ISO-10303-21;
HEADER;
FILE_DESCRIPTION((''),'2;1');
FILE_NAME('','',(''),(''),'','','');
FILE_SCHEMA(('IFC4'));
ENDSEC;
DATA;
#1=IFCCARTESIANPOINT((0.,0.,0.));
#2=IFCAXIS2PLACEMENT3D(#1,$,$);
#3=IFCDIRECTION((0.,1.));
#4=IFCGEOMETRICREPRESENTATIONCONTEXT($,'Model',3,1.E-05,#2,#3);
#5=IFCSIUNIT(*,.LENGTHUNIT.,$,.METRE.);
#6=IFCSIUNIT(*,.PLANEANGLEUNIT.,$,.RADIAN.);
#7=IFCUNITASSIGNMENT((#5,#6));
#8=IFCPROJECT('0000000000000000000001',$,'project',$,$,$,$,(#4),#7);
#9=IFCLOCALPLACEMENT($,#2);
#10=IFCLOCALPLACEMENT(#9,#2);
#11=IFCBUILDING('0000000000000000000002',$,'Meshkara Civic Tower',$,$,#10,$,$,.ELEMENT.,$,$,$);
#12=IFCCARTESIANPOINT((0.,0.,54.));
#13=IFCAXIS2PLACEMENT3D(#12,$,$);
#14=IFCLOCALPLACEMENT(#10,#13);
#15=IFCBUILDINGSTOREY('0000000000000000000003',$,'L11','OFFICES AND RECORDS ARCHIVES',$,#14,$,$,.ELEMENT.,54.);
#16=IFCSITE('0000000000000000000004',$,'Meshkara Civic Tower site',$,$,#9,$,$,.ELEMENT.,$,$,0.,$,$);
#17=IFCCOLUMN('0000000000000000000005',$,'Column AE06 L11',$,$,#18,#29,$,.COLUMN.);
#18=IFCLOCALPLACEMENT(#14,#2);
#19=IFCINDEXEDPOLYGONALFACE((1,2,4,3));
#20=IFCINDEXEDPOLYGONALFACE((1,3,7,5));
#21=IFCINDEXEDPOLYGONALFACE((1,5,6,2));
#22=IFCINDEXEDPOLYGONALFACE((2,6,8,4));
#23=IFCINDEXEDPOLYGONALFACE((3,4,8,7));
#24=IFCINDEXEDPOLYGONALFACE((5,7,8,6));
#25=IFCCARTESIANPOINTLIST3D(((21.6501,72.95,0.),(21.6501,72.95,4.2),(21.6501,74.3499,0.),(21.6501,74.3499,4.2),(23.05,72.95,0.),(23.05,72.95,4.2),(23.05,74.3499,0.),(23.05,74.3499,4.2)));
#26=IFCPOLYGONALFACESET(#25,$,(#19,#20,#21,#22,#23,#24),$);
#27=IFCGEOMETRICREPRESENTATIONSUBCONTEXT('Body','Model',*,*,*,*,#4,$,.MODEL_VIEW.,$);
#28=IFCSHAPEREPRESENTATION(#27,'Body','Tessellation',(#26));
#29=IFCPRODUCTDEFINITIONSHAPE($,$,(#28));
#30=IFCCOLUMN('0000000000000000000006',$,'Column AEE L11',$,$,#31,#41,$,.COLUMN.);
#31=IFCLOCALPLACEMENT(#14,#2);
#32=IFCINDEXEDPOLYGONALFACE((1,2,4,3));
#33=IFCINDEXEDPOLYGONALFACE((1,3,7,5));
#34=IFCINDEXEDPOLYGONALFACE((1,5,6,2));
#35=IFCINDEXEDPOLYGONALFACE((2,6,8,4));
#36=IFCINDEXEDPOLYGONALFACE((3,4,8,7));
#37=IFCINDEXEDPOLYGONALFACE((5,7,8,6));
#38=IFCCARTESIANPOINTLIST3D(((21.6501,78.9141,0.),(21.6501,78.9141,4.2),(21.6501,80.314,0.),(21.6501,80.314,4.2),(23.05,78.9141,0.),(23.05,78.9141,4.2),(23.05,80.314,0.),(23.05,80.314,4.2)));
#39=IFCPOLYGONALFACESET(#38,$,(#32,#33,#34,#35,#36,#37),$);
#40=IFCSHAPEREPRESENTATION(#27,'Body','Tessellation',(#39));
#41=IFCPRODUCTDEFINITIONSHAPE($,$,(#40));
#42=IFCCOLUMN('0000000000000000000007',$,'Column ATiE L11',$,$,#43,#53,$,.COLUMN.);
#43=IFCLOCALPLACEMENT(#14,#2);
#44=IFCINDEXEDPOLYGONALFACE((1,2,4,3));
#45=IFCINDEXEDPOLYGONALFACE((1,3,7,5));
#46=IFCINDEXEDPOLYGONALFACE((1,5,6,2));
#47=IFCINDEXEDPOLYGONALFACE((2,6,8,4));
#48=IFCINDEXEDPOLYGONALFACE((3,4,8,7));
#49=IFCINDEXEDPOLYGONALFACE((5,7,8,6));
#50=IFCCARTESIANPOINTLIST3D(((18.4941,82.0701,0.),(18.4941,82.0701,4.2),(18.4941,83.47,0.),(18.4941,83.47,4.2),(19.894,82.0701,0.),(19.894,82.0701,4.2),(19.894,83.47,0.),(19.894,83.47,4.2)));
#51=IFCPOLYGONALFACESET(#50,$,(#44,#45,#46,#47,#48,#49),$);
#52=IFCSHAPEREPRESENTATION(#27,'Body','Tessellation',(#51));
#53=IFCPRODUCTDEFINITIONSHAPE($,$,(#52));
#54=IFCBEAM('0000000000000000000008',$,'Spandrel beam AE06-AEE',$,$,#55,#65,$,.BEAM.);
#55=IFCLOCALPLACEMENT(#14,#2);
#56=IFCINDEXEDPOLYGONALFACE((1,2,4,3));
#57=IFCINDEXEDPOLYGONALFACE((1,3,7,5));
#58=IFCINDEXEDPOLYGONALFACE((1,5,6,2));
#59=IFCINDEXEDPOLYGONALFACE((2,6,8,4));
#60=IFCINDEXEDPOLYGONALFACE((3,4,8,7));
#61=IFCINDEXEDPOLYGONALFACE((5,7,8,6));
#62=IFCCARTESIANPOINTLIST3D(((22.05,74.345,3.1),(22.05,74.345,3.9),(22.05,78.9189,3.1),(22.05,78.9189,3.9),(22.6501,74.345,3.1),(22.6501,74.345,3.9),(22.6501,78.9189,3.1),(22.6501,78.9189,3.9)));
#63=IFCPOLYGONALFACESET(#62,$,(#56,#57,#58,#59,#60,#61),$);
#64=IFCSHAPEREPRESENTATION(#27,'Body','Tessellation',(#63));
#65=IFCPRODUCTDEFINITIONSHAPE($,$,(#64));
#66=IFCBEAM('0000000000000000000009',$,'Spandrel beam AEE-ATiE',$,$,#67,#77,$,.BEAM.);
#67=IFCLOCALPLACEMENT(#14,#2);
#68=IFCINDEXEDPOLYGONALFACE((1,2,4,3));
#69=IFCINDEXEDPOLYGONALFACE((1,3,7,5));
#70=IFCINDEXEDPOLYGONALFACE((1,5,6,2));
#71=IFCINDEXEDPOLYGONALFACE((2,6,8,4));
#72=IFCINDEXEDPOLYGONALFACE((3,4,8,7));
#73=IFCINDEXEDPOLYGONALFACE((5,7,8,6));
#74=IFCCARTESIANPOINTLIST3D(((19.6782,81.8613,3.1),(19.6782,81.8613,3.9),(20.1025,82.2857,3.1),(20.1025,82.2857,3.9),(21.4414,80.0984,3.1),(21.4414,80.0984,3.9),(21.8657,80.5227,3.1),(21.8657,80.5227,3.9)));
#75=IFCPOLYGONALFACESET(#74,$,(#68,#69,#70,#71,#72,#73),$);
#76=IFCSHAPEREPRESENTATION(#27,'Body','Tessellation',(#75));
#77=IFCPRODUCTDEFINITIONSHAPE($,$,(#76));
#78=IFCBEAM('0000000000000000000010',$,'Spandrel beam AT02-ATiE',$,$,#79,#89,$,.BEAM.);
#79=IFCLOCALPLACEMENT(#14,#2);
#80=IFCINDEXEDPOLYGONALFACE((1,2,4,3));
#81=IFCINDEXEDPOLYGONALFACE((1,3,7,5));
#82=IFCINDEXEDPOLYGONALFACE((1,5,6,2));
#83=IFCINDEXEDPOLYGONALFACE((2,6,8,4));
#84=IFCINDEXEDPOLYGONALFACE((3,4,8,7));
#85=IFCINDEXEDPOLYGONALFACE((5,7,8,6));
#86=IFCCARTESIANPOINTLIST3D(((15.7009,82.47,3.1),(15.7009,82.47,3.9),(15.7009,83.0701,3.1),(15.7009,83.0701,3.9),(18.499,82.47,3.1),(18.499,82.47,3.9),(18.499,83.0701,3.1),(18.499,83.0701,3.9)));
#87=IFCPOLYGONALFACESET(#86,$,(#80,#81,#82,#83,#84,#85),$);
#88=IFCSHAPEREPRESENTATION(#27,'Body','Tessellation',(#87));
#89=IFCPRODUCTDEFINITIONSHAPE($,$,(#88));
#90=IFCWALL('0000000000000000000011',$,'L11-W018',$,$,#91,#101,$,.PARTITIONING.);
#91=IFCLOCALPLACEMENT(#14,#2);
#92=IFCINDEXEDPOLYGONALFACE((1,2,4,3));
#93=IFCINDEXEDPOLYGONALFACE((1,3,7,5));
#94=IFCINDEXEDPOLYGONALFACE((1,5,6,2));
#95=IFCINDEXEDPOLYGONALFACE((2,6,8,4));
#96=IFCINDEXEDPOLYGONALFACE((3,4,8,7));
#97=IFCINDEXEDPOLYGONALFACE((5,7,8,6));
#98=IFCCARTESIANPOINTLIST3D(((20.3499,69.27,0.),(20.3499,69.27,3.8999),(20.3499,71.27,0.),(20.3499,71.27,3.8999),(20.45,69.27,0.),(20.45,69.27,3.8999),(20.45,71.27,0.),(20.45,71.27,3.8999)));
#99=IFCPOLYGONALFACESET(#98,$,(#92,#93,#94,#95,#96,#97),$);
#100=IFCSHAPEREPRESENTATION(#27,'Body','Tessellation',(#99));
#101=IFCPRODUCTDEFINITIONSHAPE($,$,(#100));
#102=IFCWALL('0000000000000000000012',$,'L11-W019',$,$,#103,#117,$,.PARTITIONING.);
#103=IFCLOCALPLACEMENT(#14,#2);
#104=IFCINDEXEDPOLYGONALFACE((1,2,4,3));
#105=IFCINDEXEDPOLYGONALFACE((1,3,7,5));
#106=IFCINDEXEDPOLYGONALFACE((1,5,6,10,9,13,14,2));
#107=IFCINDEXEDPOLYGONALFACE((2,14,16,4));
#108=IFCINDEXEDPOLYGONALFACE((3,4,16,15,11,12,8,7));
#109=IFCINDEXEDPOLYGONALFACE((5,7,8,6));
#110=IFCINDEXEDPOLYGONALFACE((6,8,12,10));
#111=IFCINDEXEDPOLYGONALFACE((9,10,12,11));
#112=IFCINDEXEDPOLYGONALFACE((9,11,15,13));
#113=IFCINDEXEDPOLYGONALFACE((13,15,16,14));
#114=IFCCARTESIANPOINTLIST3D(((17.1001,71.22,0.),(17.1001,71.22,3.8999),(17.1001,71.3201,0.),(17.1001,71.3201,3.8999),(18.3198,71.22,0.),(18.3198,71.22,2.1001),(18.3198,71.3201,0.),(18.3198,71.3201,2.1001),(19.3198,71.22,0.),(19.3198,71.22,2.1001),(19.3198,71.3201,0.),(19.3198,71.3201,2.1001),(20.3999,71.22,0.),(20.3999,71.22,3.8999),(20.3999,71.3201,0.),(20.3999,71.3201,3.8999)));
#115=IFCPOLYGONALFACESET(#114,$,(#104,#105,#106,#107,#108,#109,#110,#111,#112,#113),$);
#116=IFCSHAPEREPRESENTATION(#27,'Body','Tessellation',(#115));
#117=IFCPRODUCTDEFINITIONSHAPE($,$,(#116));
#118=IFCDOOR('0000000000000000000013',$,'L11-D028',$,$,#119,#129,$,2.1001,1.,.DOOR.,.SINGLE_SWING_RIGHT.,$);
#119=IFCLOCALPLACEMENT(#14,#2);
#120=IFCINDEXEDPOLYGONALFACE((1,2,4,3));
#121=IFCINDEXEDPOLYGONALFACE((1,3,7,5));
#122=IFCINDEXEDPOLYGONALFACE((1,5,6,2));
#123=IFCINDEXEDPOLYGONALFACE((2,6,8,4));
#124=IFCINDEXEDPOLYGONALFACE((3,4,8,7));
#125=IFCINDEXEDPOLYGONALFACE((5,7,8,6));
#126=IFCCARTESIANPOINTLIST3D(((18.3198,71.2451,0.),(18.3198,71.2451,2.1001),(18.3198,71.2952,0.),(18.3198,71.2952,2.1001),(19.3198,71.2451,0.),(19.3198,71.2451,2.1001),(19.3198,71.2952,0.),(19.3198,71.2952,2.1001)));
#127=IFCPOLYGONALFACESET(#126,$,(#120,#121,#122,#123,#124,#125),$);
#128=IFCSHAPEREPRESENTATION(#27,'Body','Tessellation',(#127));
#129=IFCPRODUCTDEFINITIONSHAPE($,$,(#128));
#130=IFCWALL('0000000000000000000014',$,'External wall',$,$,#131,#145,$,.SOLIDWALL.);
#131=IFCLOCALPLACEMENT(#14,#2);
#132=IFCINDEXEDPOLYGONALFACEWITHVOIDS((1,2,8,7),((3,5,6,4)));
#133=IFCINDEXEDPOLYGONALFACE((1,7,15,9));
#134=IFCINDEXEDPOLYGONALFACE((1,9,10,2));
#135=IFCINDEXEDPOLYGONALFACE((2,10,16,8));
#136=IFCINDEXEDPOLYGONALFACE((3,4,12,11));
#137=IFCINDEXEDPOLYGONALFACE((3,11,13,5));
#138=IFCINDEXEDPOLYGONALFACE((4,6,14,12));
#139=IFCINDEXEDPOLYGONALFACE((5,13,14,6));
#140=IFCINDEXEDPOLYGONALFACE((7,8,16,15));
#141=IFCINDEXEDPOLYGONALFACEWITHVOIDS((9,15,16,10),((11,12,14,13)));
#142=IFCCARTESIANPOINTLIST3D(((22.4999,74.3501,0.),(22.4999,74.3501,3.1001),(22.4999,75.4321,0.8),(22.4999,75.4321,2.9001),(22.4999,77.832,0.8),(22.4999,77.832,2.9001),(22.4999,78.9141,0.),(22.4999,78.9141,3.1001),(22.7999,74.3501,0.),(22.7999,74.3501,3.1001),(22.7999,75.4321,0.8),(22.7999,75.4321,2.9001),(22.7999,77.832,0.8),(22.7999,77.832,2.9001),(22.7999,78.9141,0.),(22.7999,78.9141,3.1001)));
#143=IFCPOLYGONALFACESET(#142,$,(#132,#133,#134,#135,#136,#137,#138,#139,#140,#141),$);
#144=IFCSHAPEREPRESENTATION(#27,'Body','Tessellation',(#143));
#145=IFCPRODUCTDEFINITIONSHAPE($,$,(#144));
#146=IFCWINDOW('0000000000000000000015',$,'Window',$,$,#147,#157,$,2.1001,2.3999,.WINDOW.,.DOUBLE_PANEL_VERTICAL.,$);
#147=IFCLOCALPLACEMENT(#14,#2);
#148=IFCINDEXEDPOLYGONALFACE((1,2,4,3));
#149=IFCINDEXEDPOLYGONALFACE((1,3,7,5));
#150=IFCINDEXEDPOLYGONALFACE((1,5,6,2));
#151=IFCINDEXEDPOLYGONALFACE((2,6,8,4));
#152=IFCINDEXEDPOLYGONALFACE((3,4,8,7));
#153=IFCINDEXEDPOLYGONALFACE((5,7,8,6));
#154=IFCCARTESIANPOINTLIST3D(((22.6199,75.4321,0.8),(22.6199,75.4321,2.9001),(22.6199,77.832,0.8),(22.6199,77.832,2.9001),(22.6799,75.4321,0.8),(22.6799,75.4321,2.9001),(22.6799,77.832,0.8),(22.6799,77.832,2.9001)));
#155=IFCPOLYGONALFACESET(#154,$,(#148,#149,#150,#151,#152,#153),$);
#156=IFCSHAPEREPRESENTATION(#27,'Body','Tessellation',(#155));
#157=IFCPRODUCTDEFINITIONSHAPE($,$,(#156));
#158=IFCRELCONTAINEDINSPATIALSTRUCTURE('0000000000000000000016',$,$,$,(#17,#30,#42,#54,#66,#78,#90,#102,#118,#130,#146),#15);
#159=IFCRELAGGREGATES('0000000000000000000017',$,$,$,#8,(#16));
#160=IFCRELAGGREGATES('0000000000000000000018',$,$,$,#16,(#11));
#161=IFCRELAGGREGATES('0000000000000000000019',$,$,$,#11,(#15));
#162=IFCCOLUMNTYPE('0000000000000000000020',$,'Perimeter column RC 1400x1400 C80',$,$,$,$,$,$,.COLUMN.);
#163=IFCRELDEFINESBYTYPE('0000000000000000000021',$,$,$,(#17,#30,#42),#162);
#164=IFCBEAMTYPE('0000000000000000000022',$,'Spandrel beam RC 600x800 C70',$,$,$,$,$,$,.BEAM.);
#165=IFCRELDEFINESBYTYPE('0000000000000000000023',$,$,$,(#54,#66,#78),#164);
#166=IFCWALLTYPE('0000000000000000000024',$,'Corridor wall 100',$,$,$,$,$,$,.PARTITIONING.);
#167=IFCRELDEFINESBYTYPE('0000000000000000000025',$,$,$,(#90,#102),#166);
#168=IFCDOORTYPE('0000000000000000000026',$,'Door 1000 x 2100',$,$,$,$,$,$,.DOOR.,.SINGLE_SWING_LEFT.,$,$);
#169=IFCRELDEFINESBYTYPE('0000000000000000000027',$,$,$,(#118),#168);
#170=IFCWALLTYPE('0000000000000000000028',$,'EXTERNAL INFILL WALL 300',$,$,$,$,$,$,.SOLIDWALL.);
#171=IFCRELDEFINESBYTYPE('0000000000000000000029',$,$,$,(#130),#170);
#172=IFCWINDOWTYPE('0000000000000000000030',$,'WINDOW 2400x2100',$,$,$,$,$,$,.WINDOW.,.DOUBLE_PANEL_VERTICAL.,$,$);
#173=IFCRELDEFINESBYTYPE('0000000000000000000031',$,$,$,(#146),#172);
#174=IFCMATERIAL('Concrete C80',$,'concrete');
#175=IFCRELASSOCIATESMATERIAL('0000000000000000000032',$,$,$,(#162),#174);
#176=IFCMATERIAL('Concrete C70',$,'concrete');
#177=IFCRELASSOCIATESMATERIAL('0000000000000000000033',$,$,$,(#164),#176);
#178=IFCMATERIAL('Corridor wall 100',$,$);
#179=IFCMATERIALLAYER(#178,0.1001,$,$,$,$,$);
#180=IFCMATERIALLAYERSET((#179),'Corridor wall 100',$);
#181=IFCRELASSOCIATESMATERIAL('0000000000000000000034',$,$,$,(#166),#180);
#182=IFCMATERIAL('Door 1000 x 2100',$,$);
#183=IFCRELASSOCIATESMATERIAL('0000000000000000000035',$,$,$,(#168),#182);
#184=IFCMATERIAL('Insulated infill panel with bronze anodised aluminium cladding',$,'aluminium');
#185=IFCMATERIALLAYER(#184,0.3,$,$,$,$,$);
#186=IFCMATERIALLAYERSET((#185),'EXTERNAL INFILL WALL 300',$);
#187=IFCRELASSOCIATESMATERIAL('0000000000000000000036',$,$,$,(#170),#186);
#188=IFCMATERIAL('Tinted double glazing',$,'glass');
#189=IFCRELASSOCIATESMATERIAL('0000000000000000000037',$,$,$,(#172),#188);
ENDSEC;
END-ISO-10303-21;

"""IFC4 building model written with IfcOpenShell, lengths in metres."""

from ifc_helpers import new_model, si_unit, direction, frame, frame_2d, origin, origin_2d, place, context, subcontext, project, spatial, rectangle, extrude, material, layer, layer_set, material_profile, profile_set, type_object, element, fill, save


model = new_model("IFC4")

# Units and contexts
model_context = context("Model", 3, precision=1e-05, world=origin(), true_north=direction((0.0, 1.0)))
body_context = subcontext(model_context, "Body", "Model", "MODEL_VIEW")
ifc_project = project(units=[si_unit("LENGTHUNIT", "METRE"), si_unit("PLANEANGLEUNIT", "RADIAN")], contexts=[model_context])

# Site, building, storey
site_placement = place(None, origin())
site = spatial("IfcSite", under=ifc_project, at=site_placement, Name="Meshkara Civic Tower site", CompositionType="ELEMENT", RefElevation=0.0)
building_placement = place(site_placement, origin())
building = spatial("IfcBuilding", under=site, at=building_placement, Name="Meshkara Civic Tower", CompositionType="ELEMENT")
storey_placement = place(building_placement, frame((0.0, 0.0, 54.0)))
storey = spatial("IfcBuildingStorey", under=building, at=storey_placement, Name="L11", Description="OFFICES AND RECORDS ARCHIVES", CompositionType="ELEMENT", Elevation=54.0)

# Columns
ifc_material_1 = material(Name="Concrete C80", Category="concrete")
ifc_material_profile_1 = material_profile(ifc_material_1, rectangle(XDim=1.3999, YDim=1.3999, at=origin_2d()))
ifc_profile_set_1 = profile_set([ifc_material_profile_1], Name="Concrete C80")
column_type = type_object("IfcColumnType", Name="Perimeter column RC 1400x1400 C80", PredefinedType="COLUMN", material=ifc_profile_set_1)
for number, where, z_axis, x_axis, name in (
    (1, (22.3501, 73.6499, 0.0), (0.0, 0.0, 1.0), (1.0, 0.0, 0.0), "Column AE06 L11"),
    (2, (22.3501, 79.614, 0.0), (0.0, 0.0, 1.0), (1.0, 0.0, 0.0), "Column AEE L11"),
    (3, (19.1941, 82.77, 0.0), (0.0, 0.0, 1.0), (1.0, 0.0, 0.0), "Column ATiE L11"),
):
    element("IfcColumn", number, at=place(storey_placement, frame(where, z_axis=z_axis, x_axis=x_axis)), inside=storey, type_object=column_type, Name=name, PredefinedType="COLUMN", context=body_context, shape_type="SweptSolid", body=[
        extrude(rectangle(XDim=1.3999, YDim=1.3999, at=origin_2d()), origin(), (0.0, 0.0, 1.0), 4.2),
    ])

# Beams
ifc_material_2 = material(Name="Concrete C70", Category="concrete")
ifc_material_profile_2 = material_profile(ifc_material_2, rectangle(XDim=0.6001, YDim=0.8, at=origin_2d()))
ifc_profile_set_2 = profile_set([ifc_material_profile_2], Name="Concrete C70")
beam_type = type_object("IfcBeamType", Name="Spandrel beam RC 600x800 C70", PredefinedType="BEAM", material=ifc_profile_set_2)
beam_1_placement = place(storey_placement, frame((22.3501, 74.345, 3.5), z_axis=(0.0, 1.0, 0.0), x_axis=(-1.0, 0.0, 0.0)))
element("IfcBeam", 4, at=beam_1_placement, inside=storey, type_object=beam_type, Name="Spandrel beam AE06-AEE", PredefinedType="BEAM", context=body_context, shape_type="SweptSolid", body=[
    extrude(rectangle(XDim=0.6001, YDim=0.8, at=origin_2d()), origin(), (0.0, 0.0, 1.0), 4.574),
])
beam_2_placement = place(storey_placement, frame((21.6536, 80.3105, 3.5), z_axis=(-0.707156, 0.707058, 0.0), x_axis=(-0.707058, -0.707156, 0.0)))
element("IfcBeam", 5, at=beam_2_placement, inside=storey, type_object=beam_type, Name="Spandrel beam AEE-ATiE", PredefinedType="BEAM", context=body_context, shape_type="SweptSolid", body=[
    extrude(rectangle(XDim=0.6001, YDim=0.8, at=origin_2d()), origin(), (0.0, 0.0, 1.0), 2.4934),
])
beam_3_placement = place(storey_placement, frame((18.499, 82.77, 3.5), z_axis=(-1.0, 0.0, 0.0), x_axis=(0.0, -1.0, 0.0)))
element("IfcBeam", 6, at=beam_3_placement, inside=storey, type_object=beam_type, Name="Spandrel beam AT02-ATiE", PredefinedType="BEAM", context=body_context, shape_type="SweptSolid", body=[
    extrude(rectangle(XDim=0.6001, YDim=0.8, at=origin_2d()), origin(), (0.0, 0.0, 1.0), 2.7981),
])

# Wall
ifc_material_3 = material(Name="Corridor wall 100")
ifc_layer_1 = layer(ifc_material_3, 0.1001)
ifc_layer_set_1 = layer_set([ifc_layer_1], Name="Corridor wall 100")
wall_type_1 = type_object("IfcWallType", Name="Corridor wall 100", PredefinedType="PARTITIONING", material=ifc_layer_set_1)
wall_1_placement = place(storey_placement, frame((20.3999, 69.27, 0.0), z_axis=(0.0, 0.0, 1.0), x_axis=(0.0, 1.0, 0.0)))
element("IfcWall", 7, at=wall_1_placement, inside=storey, type_object=wall_type_1, Name="L11-W018", PredefinedType="PARTITIONING", context=body_context, shape_type="SweptSolid", body=[
    extrude(rectangle(XDim=2.0, YDim=0.1001, at=frame_2d((1.0, 0.0))), origin(), (0.0, 0.0, 1.0), 3.8999),
])

# Wall, opening, door
wall_2_placement = place(storey_placement, frame((20.3999, 71.27, 0.0), z_axis=(0.0, 0.0, 1.0), x_axis=(-1.0, 0.0, 0.0)))
wall_2 = element("IfcWall", 8, at=wall_2_placement, inside=storey, type_object=wall_type_1, Name="L11-W019", PredefinedType="PARTITIONING", context=body_context, shape_type="SweptSolid", body=[
    extrude(rectangle(XDim=3.2998, YDim=0.1001, at=frame_2d((1.6499, 0.0))), origin(), (0.0, 0.0, 1.0), 3.8999),
])
opening_1_placement = place(wall_2_placement, frame((1.0801, 0.0, 0.0)))
opening_1 = element("IfcOpeningElement", 9, at=opening_1_placement, cuts=wall_2, PredefinedType="OPENING", context=body_context, shape_type="SweptSolid", body=[
    extrude(rectangle(XDim=1.0, YDim=2.1001, at=frame_2d((0.5, 1.05))), frame((0.0, 0.0601, 0.0), z_axis=(0.0, -1.0, 0.0), x_axis=(1.0, 0.0, 0.0)), (0.0, 0.0, 1.0), 0.1201),
])
ifc_material_4 = material(Name="Door 1000 x 2100")
door_type = type_object("IfcDoorType", Name="Door 1000 x 2100", OperationType="SINGLE_SWING_LEFT", PredefinedType="DOOR", material=ifc_material_4)
door_placement = place(opening_1_placement, origin())
door = element("IfcDoor", 10, at=door_placement, inside=storey, type_object=door_type, Name="L11-D028", OperationType="SINGLE_SWING_RIGHT", OverallHeight=2.1001, OverallWidth=1.0, PredefinedType="DOOR", context=body_context, shape_type="SweptSolid", body=[
    extrude(rectangle(XDim=1.0, YDim=2.1001, at=frame_2d((0.5, 1.05))), frame((0.0, 0.0249, 0.0), z_axis=(0.0, -1.0, 0.0), x_axis=(1.0, 0.0, 0.0)), (0.0, 0.0, 1.0), 0.05),
])
fill(opening_1, door)

# Wall, opening, window
ifc_material_5 = material(Name="Insulated infill panel with bronze anodised aluminium cladding", Category="aluminium")
ifc_layer_2 = layer(ifc_material_5, 0.3)
ifc_layer_set_2 = layer_set([ifc_layer_2], Name="EXTERNAL INFILL WALL 300")
wall_type_2 = type_object("IfcWallType", Name="EXTERNAL INFILL WALL 300", PredefinedType="SOLIDWALL", material=ifc_layer_set_2)
wall_3_placement = place(storey_placement, frame((22.6499, 74.3501, 0.0), z_axis=(0.0, 0.0, 1.0), x_axis=(0.0, 1.0, 0.0)))
wall_3 = element("IfcWall", 11, at=wall_3_placement, inside=storey, type_object=wall_type_2, Name="External wall", PredefinedType="SOLIDWALL", context=body_context, shape_type="SweptSolid", body=[
    extrude(rectangle(XDim=4.564, YDim=0.3, at=frame_2d((2.282, 0.0))), origin(), (0.0, 0.0, 1.0), 3.1001),
])
opening_2_placement = place(wall_3_placement, frame((1.082, 0.0, 0.8)))
opening_2 = element("IfcOpeningElement", 12, at=opening_2_placement, cuts=wall_3, PredefinedType="OPENING", context=body_context, shape_type="SweptSolid", body=[
    extrude(rectangle(XDim=2.3999, YDim=2.1001, at=frame_2d((1.2, 1.05))), frame((0.0, 0.1599, 0.0), z_axis=(0.0, -1.0, 0.0), x_axis=(1.0, 0.0, 0.0)), (0.0, 0.0, 1.0), 0.3201),
])
ifc_material_6 = material(Name="Tinted double glazing", Category="glass")
window_type_1 = type_object("IfcWindowType", Name="WINDOW 2400x2100", PartitioningType="DOUBLE_PANEL_VERTICAL", PredefinedType="WINDOW", material=ifc_material_6)
window_1_placement = place(opening_2_placement, origin())
window_1 = element("IfcWindow", 13, at=window_1_placement, inside=storey, type_object=window_type_1, Name="Window", OverallHeight=2.1001, OverallWidth=2.3999, PartitioningType="DOUBLE_PANEL_VERTICAL", PredefinedType="WINDOW", context=body_context, shape_type="SweptSolid", body=[
    extrude(rectangle(XDim=2.3999, YDim=2.1001, at=frame_2d((1.2, 1.05))), frame((0.0, 0.03, 0.0), z_axis=(0.0, -1.0, 0.0), x_axis=(1.0, 0.0, 0.0)), (0.0, 0.0, 1.0), 0.0601),
])
fill(opening_2, window_1)

save(model, "model.ifc")
